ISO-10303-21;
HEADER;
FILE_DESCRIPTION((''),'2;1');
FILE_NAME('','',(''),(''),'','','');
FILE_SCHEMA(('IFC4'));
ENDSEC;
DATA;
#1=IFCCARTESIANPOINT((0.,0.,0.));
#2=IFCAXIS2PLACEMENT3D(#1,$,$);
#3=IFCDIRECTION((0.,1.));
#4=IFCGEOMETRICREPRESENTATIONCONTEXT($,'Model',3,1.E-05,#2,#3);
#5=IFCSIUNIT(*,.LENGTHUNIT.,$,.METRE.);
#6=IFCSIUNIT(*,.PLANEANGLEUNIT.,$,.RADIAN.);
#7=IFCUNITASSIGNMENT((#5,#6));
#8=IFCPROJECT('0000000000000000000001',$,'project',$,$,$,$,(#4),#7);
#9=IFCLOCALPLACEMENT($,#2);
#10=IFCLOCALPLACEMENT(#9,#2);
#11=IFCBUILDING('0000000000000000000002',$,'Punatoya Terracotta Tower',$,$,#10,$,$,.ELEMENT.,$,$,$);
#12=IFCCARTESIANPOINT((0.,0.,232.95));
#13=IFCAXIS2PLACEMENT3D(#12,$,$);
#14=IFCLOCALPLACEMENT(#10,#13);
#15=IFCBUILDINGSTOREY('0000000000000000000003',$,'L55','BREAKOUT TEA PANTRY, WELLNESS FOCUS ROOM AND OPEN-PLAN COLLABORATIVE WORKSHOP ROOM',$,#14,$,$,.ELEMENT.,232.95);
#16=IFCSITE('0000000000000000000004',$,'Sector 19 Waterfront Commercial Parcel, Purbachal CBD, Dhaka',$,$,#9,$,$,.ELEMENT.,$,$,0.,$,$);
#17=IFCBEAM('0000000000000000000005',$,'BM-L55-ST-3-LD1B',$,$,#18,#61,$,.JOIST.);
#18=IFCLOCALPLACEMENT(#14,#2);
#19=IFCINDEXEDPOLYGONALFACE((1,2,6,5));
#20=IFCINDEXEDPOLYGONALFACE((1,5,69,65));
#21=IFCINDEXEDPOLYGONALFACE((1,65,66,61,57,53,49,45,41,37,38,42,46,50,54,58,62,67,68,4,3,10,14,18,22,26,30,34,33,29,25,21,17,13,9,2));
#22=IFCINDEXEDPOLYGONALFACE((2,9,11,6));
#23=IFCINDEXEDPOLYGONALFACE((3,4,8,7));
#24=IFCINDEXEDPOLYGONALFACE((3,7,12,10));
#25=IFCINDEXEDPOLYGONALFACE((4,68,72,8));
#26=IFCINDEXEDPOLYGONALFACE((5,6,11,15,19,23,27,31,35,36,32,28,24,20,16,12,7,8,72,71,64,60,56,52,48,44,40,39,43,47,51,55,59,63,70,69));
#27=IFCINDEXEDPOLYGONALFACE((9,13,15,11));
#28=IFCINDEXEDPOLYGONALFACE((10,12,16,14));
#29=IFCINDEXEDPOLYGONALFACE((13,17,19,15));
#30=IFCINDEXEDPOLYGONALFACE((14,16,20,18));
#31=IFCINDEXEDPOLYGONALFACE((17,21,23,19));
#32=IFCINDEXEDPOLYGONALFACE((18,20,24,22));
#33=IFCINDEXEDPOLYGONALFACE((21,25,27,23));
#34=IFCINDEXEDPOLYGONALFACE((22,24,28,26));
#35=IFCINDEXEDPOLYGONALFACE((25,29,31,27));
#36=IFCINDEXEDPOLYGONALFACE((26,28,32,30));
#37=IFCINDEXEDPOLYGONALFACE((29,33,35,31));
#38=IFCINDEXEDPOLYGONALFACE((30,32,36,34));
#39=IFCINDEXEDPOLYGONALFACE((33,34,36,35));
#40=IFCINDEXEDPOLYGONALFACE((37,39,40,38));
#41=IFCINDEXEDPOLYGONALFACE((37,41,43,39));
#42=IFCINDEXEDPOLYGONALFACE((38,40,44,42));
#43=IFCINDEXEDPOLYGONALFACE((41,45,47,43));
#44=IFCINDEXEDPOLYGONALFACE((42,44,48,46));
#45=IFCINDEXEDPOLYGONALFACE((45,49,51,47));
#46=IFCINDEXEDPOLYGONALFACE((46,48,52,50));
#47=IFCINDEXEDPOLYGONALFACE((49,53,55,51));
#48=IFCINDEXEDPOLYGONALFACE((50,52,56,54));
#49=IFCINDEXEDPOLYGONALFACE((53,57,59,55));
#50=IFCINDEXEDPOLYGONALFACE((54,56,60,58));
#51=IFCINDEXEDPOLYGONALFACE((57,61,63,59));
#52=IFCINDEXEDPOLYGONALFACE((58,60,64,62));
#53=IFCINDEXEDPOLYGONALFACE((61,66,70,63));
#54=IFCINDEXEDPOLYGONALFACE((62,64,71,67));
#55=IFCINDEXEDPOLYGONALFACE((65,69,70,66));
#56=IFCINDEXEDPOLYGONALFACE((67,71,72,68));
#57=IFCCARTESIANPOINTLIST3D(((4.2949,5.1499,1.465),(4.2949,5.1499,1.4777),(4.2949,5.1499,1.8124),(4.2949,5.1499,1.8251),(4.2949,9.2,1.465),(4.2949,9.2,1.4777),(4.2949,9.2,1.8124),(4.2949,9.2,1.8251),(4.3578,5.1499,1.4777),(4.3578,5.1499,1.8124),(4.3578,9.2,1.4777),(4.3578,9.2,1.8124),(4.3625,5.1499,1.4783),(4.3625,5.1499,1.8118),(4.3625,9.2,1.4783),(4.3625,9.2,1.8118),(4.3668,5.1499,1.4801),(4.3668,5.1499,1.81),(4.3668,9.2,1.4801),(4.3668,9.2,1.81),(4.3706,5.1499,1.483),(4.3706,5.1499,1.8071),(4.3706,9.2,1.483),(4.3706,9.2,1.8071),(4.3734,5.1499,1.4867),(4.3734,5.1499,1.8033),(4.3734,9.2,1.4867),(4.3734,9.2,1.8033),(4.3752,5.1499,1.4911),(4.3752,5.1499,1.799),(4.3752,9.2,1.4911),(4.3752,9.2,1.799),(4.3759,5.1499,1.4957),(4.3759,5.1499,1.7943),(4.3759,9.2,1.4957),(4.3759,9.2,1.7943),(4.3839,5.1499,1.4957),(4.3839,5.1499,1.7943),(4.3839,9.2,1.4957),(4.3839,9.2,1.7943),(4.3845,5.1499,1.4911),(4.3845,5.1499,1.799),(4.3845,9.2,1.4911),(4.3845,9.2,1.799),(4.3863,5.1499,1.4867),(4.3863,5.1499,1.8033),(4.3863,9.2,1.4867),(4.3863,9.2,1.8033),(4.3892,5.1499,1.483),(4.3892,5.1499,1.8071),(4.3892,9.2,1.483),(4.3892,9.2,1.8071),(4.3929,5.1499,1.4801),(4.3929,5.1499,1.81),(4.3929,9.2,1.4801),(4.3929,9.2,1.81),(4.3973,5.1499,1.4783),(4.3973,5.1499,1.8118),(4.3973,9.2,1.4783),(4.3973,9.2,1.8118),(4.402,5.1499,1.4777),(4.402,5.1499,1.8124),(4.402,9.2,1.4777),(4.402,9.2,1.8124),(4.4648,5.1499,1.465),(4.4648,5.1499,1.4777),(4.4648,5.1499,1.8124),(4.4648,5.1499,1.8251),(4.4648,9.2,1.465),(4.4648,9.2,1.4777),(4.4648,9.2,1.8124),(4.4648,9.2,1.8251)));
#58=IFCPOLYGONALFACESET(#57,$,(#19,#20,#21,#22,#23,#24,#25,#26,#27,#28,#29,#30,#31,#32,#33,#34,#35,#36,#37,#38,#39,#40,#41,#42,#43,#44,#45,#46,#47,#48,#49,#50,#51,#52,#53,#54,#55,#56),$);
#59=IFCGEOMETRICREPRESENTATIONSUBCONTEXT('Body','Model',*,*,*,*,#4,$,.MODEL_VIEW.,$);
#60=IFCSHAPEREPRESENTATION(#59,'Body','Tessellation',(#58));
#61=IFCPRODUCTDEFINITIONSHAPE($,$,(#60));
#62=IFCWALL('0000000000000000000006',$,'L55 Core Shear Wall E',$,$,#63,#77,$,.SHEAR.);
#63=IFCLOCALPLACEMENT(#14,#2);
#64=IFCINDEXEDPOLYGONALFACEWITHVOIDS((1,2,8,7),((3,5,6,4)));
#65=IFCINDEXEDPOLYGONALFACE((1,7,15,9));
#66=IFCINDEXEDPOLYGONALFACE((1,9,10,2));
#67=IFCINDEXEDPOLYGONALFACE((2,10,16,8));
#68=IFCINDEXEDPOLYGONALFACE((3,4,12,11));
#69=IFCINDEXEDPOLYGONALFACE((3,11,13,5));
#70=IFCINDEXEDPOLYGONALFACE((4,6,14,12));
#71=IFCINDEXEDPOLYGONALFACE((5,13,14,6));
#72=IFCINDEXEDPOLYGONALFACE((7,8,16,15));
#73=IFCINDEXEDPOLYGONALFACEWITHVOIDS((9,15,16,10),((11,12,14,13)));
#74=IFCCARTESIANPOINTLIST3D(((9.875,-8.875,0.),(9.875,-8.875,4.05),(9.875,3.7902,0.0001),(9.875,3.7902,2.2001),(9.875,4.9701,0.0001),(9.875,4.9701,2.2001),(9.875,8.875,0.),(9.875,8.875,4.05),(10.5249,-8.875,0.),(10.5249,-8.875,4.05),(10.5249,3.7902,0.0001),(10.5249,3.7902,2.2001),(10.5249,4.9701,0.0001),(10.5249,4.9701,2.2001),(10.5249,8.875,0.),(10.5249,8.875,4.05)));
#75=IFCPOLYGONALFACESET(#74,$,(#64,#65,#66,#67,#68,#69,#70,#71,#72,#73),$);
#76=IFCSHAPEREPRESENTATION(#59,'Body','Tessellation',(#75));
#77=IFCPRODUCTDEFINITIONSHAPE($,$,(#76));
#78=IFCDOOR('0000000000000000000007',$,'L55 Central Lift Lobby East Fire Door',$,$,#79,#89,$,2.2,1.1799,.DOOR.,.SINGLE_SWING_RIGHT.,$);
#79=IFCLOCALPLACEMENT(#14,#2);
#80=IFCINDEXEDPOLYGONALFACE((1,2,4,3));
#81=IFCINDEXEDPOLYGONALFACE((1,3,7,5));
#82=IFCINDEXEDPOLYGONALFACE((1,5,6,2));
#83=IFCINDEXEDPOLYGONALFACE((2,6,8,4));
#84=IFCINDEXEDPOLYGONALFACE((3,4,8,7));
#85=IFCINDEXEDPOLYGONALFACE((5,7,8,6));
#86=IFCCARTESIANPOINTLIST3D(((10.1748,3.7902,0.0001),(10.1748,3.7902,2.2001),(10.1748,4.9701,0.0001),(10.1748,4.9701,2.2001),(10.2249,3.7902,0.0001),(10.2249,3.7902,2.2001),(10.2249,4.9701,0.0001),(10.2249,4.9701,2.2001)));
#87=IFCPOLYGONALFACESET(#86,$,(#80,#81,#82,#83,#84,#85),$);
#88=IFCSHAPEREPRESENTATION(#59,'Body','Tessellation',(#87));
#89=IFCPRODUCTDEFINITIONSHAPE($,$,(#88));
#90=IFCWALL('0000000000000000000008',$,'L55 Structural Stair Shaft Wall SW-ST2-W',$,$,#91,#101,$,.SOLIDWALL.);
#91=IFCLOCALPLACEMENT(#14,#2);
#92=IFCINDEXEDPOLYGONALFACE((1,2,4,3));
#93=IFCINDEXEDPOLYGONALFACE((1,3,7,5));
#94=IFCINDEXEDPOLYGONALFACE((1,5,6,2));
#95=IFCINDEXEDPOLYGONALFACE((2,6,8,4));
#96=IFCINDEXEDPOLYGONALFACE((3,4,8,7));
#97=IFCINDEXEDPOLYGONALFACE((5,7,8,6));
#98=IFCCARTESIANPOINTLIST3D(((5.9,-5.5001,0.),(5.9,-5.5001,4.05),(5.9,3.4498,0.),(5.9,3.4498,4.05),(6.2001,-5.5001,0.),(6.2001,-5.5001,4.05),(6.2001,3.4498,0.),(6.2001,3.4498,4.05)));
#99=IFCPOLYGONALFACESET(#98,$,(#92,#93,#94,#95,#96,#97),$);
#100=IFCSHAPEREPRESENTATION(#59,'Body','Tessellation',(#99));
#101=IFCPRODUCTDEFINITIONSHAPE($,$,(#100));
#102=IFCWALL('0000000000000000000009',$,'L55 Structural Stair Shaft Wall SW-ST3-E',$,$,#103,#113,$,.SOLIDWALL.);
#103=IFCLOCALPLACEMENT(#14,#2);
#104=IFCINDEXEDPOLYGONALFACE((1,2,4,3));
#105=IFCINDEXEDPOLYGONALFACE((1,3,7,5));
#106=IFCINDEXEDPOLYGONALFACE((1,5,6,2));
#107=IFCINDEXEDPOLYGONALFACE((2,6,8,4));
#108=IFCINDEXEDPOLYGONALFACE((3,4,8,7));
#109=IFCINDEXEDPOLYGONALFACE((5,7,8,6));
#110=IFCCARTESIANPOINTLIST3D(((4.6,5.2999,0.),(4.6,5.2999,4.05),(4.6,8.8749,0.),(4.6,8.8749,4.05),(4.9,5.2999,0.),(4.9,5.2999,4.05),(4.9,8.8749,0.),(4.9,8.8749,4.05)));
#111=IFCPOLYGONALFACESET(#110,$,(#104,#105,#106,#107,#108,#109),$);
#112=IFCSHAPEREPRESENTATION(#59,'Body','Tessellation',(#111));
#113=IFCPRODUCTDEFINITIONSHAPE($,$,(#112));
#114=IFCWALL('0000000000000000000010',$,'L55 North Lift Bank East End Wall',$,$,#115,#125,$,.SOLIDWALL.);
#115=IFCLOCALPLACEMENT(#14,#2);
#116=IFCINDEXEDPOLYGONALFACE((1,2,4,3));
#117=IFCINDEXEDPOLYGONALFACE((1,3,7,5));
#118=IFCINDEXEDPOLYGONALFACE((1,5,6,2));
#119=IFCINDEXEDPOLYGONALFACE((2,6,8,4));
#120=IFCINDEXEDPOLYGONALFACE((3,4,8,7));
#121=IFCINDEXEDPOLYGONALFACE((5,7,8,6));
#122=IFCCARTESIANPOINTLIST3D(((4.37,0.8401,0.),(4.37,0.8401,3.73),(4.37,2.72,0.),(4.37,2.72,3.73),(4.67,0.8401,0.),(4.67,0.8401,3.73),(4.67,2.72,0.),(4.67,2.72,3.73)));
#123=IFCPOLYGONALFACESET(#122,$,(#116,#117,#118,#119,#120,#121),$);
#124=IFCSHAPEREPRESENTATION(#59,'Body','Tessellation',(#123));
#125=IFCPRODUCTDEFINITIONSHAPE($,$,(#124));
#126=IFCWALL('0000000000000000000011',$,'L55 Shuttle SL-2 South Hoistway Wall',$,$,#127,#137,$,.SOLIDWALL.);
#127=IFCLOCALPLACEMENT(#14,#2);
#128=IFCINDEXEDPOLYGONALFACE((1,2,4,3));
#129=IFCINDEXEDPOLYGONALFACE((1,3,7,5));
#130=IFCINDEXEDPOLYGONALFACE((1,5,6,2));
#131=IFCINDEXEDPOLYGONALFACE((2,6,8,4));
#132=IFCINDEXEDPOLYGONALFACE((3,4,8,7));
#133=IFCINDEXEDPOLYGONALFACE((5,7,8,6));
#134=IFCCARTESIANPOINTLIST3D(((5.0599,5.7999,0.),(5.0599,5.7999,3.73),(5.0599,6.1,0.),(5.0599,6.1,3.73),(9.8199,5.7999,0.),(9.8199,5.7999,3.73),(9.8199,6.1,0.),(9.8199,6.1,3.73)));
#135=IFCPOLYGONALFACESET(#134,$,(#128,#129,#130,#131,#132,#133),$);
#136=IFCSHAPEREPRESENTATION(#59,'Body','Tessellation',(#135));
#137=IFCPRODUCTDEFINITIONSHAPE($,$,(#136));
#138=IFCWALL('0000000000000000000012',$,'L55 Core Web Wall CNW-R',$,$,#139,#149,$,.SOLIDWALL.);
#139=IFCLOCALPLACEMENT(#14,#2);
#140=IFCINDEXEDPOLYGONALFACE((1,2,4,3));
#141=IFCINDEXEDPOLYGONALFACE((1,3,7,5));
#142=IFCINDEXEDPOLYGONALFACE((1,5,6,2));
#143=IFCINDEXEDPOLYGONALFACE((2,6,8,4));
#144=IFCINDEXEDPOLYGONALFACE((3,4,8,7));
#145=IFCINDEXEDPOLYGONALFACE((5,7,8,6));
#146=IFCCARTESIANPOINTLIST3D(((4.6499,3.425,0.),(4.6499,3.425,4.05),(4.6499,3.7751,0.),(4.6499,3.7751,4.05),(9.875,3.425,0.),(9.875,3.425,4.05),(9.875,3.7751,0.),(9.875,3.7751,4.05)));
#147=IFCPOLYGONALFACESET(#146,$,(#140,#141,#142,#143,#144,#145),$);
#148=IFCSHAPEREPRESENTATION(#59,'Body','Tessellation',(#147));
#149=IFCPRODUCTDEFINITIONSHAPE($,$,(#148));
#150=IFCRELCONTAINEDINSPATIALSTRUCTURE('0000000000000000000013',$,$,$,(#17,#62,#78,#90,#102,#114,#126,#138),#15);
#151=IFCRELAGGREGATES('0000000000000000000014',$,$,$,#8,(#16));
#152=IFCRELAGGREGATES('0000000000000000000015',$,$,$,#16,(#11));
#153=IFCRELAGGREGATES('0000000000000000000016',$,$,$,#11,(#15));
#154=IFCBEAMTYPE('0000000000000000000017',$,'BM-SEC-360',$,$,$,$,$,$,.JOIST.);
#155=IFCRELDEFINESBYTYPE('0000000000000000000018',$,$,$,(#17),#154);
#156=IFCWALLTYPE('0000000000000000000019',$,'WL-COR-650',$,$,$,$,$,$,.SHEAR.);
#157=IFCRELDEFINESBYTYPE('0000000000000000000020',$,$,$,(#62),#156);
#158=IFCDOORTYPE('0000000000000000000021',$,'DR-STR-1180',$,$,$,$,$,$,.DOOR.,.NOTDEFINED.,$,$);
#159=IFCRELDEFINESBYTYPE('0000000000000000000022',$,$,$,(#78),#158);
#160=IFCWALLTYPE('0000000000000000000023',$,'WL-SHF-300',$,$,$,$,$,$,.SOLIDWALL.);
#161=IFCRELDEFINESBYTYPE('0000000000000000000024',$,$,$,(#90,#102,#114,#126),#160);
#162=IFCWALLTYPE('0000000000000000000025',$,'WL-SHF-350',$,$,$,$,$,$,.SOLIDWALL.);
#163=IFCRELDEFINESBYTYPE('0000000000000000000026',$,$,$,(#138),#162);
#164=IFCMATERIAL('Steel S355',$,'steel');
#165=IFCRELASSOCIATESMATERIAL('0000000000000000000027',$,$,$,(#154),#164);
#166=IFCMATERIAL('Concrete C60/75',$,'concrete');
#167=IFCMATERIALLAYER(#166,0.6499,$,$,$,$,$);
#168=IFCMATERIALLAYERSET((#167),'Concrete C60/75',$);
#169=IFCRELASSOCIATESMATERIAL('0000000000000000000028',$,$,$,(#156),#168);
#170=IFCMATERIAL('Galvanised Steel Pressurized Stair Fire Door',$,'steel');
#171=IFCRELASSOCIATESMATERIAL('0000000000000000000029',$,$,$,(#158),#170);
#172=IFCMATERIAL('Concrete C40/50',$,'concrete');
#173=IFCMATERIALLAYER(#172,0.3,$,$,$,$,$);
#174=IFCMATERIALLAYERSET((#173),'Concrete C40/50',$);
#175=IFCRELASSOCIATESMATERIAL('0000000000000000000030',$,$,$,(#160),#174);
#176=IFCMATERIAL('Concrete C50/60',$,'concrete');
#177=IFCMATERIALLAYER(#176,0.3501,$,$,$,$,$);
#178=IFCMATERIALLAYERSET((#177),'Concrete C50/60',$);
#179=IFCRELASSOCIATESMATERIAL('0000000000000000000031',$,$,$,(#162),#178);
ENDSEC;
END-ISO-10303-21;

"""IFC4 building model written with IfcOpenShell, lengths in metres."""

from ifc_helpers import new_model, si_unit, direction, frame, frame_2d, origin, origin_2d, place, context, subcontext, project, spatial, rectangle, i_section, extrude, material, layer, layer_set, material_profile, profile_set, type_object, element, fill, save


model = new_model("IFC4")

# Units and contexts
model_context = context("Model", 3, precision=1e-05, world=origin(), true_north=direction((0.0, 1.0)))
body_context = subcontext(model_context, "Body", "Model", "MODEL_VIEW")
ifc_project = project(units=[si_unit("LENGTHUNIT", "METRE"), si_unit("PLANEANGLEUNIT", "RADIAN")], contexts=[model_context])

# Site, building, storey
site_placement = place(None, origin())
site = spatial("IfcSite", under=ifc_project, at=site_placement, Name="Sector 19 Waterfront Commercial Parcel, Purbachal CBD, Dhaka", CompositionType="ELEMENT", RefElevation=0.0)
building_placement = place(site_placement, origin())
building = spatial("IfcBuilding", under=site, at=building_placement, Name="Punatoya Terracotta Tower", CompositionType="ELEMENT")
storey_placement = place(building_placement, frame((0.0, 0.0, 232.95)))
storey = spatial("IfcBuildingStorey", under=building, at=storey_placement, Name="L55", Description="BREAKOUT TEA PANTRY, WELLNESS FOCUS ROOM AND OPEN-PLAN COLLABORATIVE WORKSHOP ROOM", CompositionType="ELEMENT", Elevation=232.95)

# Beam
ifc_material_1 = material(Name="Steel S355", Category="steel")
ifc_material_profile_1 = material_profile(ifc_material_1, i_section(OverallWidth=0.1699, OverallDepth=0.3601, WebThickness=0.0081, FlangeThickness=0.0127, FilletRadius=0.0181, at=origin_2d()))
ifc_profile_set_1 = profile_set([ifc_material_profile_1], Name="Steel S355")
beam_type_1 = type_object("IfcBeamType", Name="BM-SEC-360", PredefinedType="JOIST", material=ifc_profile_set_1)
for number, where, z_axis, x_axis, name in (
    (1, (4.3799, 5.1499, 1.645), (0.0, 1.0, 0.0), (-1.0, 0.0, 0.0), "BM-L55-ST-3-LD1B"),
):
    element("IfcBeam", number, at=place(storey_placement, frame(where, z_axis=z_axis, x_axis=x_axis)), inside=storey, type_object=beam_type_1, Name=name, PredefinedType="JOIST", context=body_context, shape_type="SweptSolid", body=[
        extrude(i_section(OverallWidth=0.1699, OverallDepth=0.3601, WebThickness=0.0081, FlangeThickness=0.0127, FilletRadius=0.0181, at=origin_2d()), origin(), (0.0, 0.0, 1.0), 4.05),
    ])

# Wall, opening, door
ifc_material_2 = material(Name="Concrete C60/75", Category="concrete")
ifc_layer_1 = layer(ifc_material_2, 0.6499)
ifc_layer_set_1 = layer_set([ifc_layer_1], Name="Concrete C60/75")
wall_type_1 = type_object("IfcWallType", Name="WL-COR-650", PredefinedType="SHEAR", material=ifc_layer_set_1)
wall_1_placement = place(storey_placement, frame((10.2, 8.875, 0.0), z_axis=(0.0, 0.0, 1.0), x_axis=(0.0, -1.0, 0.0)))
wall_1 = element("IfcWall", 2, at=wall_1_placement, inside=storey, type_object=wall_type_1, Name="L55 Core Shear Wall E", PredefinedType="SHEAR", context=body_context, shape_type="SweptSolid", body=[
    extrude(rectangle(XDim=17.75, YDim=0.6499, at=frame_2d((8.875, 0.0))), origin(), (0.0, 0.0, 1.0), 4.05),
])
opening_placement = place(wall_1_placement, frame((3.905, 0.0, 0.0)))
opening = element("IfcOpeningElement", 3, at=opening_placement, cuts=wall_1, PredefinedType="OPENING", context=body_context, shape_type="SweptSolid", body=[
    extrude(rectangle(XDim=1.1799, YDim=2.2, at=frame_2d((0.5898, 1.1001))), frame((0.0, 0.335, 0.0), z_axis=(0.0, -1.0, 0.0), x_axis=(1.0, 0.0, 0.0)), (0.0, 0.0, 1.0), 0.6699),
])
ifc_material_3 = material(Name="Galvanised Steel Pressurized Stair Fire Door", Category="steel")
door_type = type_object("IfcDoorType", Name="DR-STR-1180", OperationType="NOTDEFINED", PredefinedType="DOOR", material=ifc_material_3)
door_placement = place(opening_placement, origin())
door = element("IfcDoor", 4, at=door_placement, inside=storey, type_object=door_type, Name="L55 Central Lift Lobby East Fire Door", OperationType="SINGLE_SWING_RIGHT", OverallHeight=2.2, OverallWidth=1.1799, PredefinedType="DOOR", context=body_context, shape_type="SweptSolid", body=[
    extrude(rectangle(XDim=1.1799, YDim=2.2, at=frame_2d((0.5898, 1.1001))), frame((0.0, 0.0249, 0.0), z_axis=(0.0, -1.0, 0.0), x_axis=(1.0, 0.0, 0.0)), (0.0, 0.0, 1.0), 0.05),
])
fill(opening, door)

# Walls
ifc_material_4 = material(Name="Concrete C40/50", Category="concrete")
ifc_layer_2 = layer(ifc_material_4, 0.3)
ifc_layer_set_2 = layer_set([ifc_layer_2], Name="Concrete C40/50")
wall_type_2 = type_object("IfcWallType", Name="WL-SHF-300", PredefinedType="SOLIDWALL", material=ifc_layer_set_2)
wall_2_placement = place(storey_placement, frame((6.05, 3.45, 0.0), z_axis=(0.0, 0.0, 1.0), x_axis=(0.0, -1.0, 0.0)))
element("IfcWall", 5, at=wall_2_placement, inside=storey, type_object=wall_type_2, Name="L55 Structural Stair Shaft Wall SW-ST2-W", PredefinedType="SOLIDWALL", context=body_context, shape_type="SweptSolid", body=[
    extrude(rectangle(XDim=8.95, YDim=0.3, at=frame_2d((4.4751, 0.0))), origin(), (0.0, 0.0, 1.0), 4.05),
])
wall_3_placement = place(storey_placement, frame((4.75, 8.875, 0.0), z_axis=(0.0, 0.0, 1.0), x_axis=(0.0, -1.0, 0.0)))
element("IfcWall", 6, at=wall_3_placement, inside=storey, type_object=wall_type_2, Name="L55 Structural Stair Shaft Wall SW-ST3-E", PredefinedType="SOLIDWALL", context=body_context, shape_type="SweptSolid", body=[
    extrude(rectangle(XDim=3.575, YDim=0.3, at=frame_2d((1.7876, 0.0))), origin(), (0.0, 0.0, 1.0), 4.05),
])
wall_4_placement = place(storey_placement, frame((4.52, 0.8401, 0.0), z_axis=(0.0, 0.0, 1.0), x_axis=(0.0, 1.0, 0.0)))
element("IfcWall", 7, at=wall_4_placement, inside=storey, type_object=wall_type_2, Name="L55 North Lift Bank East End Wall", PredefinedType="SOLIDWALL", context=body_context, shape_type="SweptSolid", body=[
    extrude(rectangle(XDim=1.8799, YDim=0.3, at=frame_2d((0.9399, 0.0))), origin(), (0.0, 0.0, 1.0), 3.73),
])
wall_5_placement = place(storey_placement, frame((5.0601, 5.95, 0.0), z_axis=(0.0, 0.0, 1.0), x_axis=(1.0, 0.0, 0.0)))
element("IfcWall", 8, at=wall_5_placement, inside=storey, type_object=wall_type_2, Name="L55 Shuttle SL-2 South Hoistway Wall", PredefinedType="SOLIDWALL", context=body_context, shape_type="SweptSolid", body=[
    extrude(rectangle(XDim=4.76, YDim=0.3, at=frame_2d((2.3799, 0.0))), origin(), (0.0, 0.0, 1.0), 3.73),
])
ifc_material_5 = material(Name="Concrete C50/60", Category="concrete")
ifc_layer_3 = layer(ifc_material_5, 0.3501)
ifc_layer_set_3 = layer_set([ifc_layer_3], Name="Concrete C50/60")
wall_type_3 = type_object("IfcWallType", Name="WL-SHF-350", PredefinedType="SOLIDWALL", material=ifc_layer_set_3)
wall_6_placement = place(storey_placement, frame((4.6499, 3.6001, 0.0), z_axis=(0.0, 0.0, 1.0), x_axis=(1.0, 0.0, 0.0)))
element("IfcWall", 9, at=wall_6_placement, inside=storey, type_object=wall_type_3, Name="L55 Core Web Wall CNW-R", PredefinedType="SOLIDWALL", context=body_context, shape_type="SweptSolid", body=[
    extrude(rectangle(XDim=5.2251, YDim=0.3501, at=frame_2d((2.6125, 0.0))), origin(), (0.0, 0.0, 1.0), 4.05),
])

save(model, "model.ifc")
